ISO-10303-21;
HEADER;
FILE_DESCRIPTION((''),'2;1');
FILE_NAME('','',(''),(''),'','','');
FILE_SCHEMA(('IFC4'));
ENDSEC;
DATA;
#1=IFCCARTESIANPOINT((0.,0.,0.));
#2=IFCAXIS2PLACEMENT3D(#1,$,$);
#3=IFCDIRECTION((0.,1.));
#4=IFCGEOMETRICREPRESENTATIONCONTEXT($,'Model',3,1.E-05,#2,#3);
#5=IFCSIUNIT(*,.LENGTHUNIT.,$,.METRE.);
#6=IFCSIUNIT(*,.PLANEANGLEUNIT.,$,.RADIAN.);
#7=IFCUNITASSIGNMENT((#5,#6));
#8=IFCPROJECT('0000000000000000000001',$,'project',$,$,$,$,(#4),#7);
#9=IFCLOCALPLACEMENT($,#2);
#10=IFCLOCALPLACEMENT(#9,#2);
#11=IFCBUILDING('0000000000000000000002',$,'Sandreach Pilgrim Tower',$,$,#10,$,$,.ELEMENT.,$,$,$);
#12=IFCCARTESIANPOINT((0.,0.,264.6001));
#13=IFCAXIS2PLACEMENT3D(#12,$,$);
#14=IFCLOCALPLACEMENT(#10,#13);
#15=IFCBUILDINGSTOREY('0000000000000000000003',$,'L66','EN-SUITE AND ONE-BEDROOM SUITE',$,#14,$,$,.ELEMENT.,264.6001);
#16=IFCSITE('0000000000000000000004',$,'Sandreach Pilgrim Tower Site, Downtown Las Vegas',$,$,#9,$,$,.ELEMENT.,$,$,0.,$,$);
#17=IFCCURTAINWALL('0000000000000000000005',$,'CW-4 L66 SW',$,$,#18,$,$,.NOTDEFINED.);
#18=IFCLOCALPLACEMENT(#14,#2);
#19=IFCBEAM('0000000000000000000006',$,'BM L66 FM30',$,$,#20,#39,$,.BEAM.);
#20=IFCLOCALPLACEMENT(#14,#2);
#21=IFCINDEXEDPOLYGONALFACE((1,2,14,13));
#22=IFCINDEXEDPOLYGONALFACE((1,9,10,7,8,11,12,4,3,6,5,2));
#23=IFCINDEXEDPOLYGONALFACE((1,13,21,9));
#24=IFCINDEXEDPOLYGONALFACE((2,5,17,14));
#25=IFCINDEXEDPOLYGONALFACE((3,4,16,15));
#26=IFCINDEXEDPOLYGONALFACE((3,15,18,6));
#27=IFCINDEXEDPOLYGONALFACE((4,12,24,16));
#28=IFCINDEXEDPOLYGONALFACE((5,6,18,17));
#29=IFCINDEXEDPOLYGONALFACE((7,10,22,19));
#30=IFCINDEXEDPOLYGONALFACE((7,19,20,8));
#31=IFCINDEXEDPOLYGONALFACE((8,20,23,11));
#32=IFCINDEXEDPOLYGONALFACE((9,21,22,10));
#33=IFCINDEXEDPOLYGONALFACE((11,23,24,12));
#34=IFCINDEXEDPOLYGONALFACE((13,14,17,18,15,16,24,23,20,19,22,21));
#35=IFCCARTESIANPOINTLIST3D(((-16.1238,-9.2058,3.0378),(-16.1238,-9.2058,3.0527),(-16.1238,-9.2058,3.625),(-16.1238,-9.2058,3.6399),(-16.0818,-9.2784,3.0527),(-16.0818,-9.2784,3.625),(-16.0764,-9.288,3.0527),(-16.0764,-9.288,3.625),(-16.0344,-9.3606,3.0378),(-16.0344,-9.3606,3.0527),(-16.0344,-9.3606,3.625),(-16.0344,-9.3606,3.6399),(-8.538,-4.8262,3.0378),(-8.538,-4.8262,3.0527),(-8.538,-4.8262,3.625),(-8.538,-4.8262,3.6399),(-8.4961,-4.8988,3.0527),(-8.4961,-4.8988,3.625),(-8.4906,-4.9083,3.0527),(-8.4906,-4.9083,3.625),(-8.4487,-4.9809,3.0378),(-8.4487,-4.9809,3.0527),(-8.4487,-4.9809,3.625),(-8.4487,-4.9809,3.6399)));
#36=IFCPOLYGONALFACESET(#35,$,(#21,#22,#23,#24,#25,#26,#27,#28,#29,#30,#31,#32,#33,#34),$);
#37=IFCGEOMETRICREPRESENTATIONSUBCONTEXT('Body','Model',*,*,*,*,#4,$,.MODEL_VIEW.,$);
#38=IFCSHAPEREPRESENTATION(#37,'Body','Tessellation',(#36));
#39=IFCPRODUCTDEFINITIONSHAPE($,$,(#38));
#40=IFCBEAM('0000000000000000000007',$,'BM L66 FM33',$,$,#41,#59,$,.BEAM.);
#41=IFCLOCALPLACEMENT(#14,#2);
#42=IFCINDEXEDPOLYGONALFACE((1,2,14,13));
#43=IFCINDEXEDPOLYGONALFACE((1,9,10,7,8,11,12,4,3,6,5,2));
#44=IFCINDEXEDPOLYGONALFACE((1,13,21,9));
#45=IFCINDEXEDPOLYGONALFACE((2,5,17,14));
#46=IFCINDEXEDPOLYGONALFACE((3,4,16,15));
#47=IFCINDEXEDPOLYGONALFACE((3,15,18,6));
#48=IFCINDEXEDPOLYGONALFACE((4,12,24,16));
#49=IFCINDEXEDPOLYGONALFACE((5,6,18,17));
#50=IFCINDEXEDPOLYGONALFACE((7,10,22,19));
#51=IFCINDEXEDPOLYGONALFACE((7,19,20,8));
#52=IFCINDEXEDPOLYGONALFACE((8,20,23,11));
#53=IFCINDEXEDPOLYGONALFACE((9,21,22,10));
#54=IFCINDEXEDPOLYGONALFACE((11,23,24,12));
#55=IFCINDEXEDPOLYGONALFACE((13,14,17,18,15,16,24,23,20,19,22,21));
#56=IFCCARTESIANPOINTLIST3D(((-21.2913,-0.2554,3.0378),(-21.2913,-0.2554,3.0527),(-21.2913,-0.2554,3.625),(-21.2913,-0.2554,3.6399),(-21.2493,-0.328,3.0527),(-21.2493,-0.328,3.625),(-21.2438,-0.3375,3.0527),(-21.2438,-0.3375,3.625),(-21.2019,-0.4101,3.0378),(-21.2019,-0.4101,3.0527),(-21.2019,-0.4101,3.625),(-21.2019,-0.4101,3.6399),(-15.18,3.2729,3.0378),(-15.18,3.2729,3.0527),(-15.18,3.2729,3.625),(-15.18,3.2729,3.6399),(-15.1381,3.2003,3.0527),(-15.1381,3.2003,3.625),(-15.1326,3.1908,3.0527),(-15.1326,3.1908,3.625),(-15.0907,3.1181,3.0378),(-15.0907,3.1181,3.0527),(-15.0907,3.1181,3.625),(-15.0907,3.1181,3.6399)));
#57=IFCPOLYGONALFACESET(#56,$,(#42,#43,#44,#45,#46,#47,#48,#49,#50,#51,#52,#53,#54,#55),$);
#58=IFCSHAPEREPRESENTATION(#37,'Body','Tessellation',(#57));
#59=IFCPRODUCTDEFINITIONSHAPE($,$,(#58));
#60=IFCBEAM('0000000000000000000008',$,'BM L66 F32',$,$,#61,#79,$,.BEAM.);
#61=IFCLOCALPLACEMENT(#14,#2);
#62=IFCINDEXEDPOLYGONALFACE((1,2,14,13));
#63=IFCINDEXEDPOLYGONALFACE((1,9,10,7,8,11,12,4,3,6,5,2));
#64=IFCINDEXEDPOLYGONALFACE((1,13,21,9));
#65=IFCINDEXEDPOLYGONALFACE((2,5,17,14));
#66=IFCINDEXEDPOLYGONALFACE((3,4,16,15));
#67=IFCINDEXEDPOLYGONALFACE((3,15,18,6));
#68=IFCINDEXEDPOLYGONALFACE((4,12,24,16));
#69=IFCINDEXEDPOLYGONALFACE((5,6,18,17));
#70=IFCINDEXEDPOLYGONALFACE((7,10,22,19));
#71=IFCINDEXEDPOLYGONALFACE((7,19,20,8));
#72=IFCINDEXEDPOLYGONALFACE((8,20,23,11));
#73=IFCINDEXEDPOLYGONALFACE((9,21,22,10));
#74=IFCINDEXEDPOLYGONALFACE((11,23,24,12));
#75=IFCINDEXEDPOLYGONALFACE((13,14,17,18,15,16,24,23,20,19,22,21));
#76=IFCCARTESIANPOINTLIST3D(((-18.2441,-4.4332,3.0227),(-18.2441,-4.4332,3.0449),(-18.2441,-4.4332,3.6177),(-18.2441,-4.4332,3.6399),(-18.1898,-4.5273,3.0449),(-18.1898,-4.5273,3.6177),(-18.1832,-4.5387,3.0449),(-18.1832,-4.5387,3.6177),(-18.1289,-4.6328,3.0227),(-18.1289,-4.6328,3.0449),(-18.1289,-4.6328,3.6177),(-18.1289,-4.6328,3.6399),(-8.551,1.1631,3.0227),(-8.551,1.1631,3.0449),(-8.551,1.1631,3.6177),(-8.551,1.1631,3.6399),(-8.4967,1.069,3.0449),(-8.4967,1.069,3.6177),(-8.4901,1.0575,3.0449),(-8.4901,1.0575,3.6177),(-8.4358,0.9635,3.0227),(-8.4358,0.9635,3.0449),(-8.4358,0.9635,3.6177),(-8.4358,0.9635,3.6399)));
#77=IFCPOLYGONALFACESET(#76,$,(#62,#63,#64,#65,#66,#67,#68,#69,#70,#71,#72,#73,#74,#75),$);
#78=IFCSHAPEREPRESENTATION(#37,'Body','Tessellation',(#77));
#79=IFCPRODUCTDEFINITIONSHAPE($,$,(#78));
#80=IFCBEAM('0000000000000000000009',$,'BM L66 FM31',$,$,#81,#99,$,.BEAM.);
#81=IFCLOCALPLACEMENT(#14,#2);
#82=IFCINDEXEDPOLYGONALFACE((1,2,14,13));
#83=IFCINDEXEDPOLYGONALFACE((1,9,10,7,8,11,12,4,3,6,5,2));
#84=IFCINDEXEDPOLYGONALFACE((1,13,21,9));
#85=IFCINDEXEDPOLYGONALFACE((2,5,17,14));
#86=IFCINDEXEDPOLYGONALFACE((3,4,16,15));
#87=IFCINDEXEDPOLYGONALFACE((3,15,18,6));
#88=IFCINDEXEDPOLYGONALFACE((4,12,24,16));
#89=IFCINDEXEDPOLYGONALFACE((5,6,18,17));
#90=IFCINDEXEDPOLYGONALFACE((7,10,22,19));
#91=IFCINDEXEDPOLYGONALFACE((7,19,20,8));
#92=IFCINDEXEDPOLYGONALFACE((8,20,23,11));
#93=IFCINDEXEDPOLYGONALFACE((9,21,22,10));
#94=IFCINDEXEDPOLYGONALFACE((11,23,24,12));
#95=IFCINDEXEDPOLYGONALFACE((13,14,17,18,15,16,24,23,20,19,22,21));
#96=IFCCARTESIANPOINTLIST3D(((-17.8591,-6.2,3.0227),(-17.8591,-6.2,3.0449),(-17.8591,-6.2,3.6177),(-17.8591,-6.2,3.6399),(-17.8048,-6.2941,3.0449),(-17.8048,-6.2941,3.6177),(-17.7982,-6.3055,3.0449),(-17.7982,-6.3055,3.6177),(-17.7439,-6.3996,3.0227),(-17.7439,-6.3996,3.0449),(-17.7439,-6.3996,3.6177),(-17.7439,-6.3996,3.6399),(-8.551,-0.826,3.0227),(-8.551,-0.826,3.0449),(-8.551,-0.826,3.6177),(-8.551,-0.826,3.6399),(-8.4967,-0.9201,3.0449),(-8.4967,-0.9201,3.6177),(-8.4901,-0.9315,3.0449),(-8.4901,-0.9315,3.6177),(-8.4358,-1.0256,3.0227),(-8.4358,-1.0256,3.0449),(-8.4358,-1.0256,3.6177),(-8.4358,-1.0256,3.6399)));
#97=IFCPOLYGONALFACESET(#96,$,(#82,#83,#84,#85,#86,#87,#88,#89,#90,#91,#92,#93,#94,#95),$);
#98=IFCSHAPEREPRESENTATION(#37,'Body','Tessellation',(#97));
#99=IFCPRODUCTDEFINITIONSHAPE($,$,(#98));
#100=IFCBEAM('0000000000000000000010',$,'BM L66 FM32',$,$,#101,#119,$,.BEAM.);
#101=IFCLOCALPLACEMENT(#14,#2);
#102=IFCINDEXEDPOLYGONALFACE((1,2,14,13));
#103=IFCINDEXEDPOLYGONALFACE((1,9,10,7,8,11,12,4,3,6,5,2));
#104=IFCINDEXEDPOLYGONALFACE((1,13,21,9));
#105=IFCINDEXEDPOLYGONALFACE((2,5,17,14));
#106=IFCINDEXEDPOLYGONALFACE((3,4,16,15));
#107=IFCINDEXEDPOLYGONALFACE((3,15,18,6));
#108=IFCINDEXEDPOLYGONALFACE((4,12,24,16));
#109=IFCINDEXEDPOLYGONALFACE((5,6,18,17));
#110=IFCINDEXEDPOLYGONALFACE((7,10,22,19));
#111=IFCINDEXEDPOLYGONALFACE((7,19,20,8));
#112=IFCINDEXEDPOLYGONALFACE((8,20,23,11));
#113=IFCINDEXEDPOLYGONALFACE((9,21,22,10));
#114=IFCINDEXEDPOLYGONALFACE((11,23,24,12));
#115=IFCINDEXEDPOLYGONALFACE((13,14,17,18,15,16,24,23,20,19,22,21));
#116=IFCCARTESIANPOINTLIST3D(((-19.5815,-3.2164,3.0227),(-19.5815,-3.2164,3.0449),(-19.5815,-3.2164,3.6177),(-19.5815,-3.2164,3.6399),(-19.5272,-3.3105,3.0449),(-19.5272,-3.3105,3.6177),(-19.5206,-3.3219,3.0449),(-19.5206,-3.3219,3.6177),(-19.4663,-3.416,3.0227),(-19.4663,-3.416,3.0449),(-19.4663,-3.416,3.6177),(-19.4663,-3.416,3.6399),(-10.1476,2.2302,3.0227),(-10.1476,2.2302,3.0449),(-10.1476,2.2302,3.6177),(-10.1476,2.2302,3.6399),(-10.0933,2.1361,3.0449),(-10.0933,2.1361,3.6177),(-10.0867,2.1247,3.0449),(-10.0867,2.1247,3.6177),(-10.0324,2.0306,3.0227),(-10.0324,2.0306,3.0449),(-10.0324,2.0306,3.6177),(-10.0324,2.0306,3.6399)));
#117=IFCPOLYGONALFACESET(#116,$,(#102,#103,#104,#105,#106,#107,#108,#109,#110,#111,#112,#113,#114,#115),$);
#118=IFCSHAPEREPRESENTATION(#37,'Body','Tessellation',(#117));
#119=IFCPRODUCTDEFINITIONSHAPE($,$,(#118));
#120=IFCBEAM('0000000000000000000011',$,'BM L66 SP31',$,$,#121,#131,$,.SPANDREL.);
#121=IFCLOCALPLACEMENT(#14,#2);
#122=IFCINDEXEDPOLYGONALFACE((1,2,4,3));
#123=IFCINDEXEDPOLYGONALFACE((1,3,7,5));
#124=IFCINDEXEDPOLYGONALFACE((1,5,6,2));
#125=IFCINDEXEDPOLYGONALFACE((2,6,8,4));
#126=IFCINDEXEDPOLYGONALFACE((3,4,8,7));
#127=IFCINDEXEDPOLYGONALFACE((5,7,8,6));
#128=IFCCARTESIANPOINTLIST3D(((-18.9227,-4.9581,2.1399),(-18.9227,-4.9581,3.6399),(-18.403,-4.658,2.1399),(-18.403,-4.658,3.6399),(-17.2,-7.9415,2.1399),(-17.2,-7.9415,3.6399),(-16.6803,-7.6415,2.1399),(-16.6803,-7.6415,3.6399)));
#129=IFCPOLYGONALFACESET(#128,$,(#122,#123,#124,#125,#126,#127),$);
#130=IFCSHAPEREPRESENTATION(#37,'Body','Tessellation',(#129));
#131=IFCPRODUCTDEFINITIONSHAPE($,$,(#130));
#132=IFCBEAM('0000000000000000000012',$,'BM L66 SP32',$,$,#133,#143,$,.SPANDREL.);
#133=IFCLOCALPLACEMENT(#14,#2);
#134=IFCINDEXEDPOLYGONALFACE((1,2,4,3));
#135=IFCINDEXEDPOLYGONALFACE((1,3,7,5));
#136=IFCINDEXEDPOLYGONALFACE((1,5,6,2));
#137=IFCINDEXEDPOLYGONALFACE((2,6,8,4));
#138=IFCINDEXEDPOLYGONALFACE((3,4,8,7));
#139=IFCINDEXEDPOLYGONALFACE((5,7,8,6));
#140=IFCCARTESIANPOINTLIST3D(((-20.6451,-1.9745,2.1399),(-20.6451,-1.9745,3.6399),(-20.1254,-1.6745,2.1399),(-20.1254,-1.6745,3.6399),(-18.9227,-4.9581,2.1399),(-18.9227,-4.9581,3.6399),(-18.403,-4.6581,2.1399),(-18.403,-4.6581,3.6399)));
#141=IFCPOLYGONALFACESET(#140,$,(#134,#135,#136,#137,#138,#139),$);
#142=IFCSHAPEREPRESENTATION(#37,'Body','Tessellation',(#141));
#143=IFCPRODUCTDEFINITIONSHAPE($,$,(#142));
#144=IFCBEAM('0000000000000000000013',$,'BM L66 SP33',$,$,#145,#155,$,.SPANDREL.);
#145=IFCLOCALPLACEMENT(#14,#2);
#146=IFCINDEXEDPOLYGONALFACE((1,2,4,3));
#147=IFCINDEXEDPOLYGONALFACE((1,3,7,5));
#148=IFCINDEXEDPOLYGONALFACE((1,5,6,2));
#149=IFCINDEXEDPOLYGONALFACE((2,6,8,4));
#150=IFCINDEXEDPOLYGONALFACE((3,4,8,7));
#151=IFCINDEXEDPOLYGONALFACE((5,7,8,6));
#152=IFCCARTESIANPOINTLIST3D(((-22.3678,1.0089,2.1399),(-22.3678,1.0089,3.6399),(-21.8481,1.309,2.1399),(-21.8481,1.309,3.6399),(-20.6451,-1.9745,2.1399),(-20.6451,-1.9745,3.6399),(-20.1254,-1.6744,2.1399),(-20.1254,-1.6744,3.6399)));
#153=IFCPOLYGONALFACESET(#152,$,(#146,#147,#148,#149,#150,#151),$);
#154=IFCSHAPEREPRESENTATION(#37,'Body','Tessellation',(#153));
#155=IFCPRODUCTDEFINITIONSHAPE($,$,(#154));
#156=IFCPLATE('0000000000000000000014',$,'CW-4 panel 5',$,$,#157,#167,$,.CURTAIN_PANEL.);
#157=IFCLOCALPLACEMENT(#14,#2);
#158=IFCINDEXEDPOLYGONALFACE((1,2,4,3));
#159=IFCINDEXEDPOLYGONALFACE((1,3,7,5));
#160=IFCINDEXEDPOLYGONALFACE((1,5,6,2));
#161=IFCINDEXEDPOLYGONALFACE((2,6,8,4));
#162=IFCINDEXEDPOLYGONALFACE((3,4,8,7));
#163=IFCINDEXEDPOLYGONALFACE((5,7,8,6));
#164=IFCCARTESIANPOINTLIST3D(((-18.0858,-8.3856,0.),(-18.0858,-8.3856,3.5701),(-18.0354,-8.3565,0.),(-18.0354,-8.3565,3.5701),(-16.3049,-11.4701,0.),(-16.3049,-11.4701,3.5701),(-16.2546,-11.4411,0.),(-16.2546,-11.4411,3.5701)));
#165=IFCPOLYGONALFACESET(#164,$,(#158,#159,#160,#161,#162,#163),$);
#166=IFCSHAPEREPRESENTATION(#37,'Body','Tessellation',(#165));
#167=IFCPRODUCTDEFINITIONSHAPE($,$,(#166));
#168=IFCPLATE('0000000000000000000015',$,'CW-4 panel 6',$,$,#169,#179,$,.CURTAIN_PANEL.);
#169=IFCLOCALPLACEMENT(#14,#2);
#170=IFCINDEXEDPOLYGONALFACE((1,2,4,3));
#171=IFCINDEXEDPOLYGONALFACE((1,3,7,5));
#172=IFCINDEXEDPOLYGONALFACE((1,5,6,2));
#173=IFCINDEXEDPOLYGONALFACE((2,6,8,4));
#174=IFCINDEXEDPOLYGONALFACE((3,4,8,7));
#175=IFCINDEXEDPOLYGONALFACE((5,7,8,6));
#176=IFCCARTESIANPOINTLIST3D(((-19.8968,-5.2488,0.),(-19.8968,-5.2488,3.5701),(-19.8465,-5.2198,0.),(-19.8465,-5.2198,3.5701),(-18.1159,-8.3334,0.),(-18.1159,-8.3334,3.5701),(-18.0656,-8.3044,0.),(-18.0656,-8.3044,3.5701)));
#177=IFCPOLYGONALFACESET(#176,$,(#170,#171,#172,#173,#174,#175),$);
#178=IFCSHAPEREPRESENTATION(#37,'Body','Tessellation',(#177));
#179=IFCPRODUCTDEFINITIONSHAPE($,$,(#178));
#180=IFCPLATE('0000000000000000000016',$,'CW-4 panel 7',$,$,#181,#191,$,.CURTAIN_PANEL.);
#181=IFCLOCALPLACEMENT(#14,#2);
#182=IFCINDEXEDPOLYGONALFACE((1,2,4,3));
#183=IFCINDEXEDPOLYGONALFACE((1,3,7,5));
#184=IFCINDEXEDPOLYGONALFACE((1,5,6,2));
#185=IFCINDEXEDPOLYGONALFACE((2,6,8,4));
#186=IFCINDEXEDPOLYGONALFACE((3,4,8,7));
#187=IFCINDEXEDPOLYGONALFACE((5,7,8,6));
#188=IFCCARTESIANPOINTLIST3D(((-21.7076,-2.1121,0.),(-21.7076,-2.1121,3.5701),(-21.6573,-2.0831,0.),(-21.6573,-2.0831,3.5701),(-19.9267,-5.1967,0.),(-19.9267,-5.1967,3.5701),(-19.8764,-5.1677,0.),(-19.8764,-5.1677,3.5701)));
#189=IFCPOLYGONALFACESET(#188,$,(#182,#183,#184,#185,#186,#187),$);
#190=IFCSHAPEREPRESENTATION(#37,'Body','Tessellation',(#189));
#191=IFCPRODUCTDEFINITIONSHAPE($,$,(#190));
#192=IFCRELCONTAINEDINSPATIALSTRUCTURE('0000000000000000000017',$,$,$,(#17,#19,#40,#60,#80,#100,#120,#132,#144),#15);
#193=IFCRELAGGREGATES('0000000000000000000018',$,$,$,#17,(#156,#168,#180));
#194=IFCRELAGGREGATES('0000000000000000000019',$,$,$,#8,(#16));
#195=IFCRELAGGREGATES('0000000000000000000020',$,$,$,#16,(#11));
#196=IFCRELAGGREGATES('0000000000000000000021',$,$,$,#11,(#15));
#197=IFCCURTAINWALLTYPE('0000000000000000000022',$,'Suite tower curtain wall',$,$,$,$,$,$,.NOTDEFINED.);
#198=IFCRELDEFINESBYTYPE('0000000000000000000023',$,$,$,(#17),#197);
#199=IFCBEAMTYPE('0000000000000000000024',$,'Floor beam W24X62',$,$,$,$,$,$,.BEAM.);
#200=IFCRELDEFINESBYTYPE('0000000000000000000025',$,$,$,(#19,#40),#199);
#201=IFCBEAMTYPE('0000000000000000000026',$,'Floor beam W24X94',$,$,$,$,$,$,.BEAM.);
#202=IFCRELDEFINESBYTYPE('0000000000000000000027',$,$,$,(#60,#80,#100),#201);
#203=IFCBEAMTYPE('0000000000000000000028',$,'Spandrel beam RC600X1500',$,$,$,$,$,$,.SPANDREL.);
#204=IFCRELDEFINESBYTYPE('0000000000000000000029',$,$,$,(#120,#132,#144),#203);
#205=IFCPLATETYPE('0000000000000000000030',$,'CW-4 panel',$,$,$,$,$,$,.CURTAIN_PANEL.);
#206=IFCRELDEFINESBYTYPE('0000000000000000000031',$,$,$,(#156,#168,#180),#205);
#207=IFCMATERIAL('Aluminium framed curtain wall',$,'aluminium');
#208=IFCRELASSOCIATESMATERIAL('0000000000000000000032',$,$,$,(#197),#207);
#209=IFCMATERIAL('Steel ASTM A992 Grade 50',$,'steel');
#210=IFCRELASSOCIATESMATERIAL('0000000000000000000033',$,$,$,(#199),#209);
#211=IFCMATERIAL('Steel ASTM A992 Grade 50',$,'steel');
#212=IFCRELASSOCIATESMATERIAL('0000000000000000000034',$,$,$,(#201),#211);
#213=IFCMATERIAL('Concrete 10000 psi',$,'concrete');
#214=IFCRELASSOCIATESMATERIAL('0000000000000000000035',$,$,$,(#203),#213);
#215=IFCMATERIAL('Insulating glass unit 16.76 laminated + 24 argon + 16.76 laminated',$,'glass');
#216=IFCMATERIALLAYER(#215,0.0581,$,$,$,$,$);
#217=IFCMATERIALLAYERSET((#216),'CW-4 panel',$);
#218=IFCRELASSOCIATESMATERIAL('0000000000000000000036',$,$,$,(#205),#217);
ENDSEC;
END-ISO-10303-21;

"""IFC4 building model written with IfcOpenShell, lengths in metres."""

from ifc_helpers import new_model, si_unit, direction, frame, origin, origin_2d, place, context, subcontext, project, spatial, rectangle, i_section, extrude, material, layer, layer_set, material_profile, profile_set, type_object, element, aggregate, save


model = new_model("IFC4")

# Units and contexts
model_context = context("Model", 3, precision=1e-05, world=origin(), true_north=direction((0.0, 1.0)))
body_context = subcontext(model_context, "Body", "Model", "MODEL_VIEW")
ifc_project = project(units=[si_unit("LENGTHUNIT", "METRE"), si_unit("PLANEANGLEUNIT", "RADIAN")], contexts=[model_context])

# Site, building, storey
site_placement = place(None, origin())
site = spatial("IfcSite", under=ifc_project, at=site_placement, Name="Sandreach Pilgrim Tower Site, Downtown Las Vegas", CompositionType="ELEMENT", RefElevation=0.0)
building_placement = place(site_placement, origin())
building = spatial("IfcBuilding", under=site, at=building_placement, Name="Sandreach Pilgrim Tower", CompositionType="ELEMENT")
storey_placement = place(building_placement, frame((0.0, 0.0, 264.6001)))
storey = spatial("IfcBuildingStorey", under=building, at=storey_placement, Name="L66", Description="EN-SUITE AND ONE-BEDROOM SUITE", CompositionType="ELEMENT", Elevation=264.6001)

# Curtain wall
ifc_material_1 = material(Name="Aluminium framed curtain wall", Category="aluminium")
curtain_wall_type = type_object("IfcCurtainWallType", Name="Suite tower curtain wall", PredefinedType="NOTDEFINED", material=ifc_material_1)
curtain_wall_placement = place(storey_placement, origin())
curtain_wall = element("IfcCurtainWall", 1, at=curtain_wall_placement, inside=storey, type_object=curtain_wall_type, Name="CW-4 L66 SW", PredefinedType="NOTDEFINED")

# Beams
ifc_material_2 = material(Name="Steel ASTM A992 Grade 50", Category="steel")
ifc_material_profile_1 = material_profile(ifc_material_2, i_section(OverallWidth=0.1787, OverallDepth=0.6021, WebThickness=0.011, FlangeThickness=0.0149, at=origin_2d()), Name="W24X62")
ifc_profile_set_1 = profile_set([ifc_material_profile_1], Name="Steel ASTM A992 Grade 50")
beam_type_1 = type_object("IfcBeamType", Name="Floor beam W24X62", PredefinedType="BEAM", material=ifc_profile_set_1)
beam_1_placement = place(storey_placement, frame((-16.0791, -9.2832, 3.3389), z_axis=(0.866024, 0.500003, 0.0), x_axis=(-0.500003, 0.866024, 0.0)))
element("IfcBeam", 2, at=beam_1_placement, inside=storey, type_object=beam_type_1, Name="BM L66 FM30", PredefinedType="BEAM", context=body_context, shape_type="SweptSolid", body=[
    extrude(i_section(OverallWidth=0.1787, OverallDepth=0.6021, WebThickness=0.011, FlangeThickness=0.0149, at=origin_2d()), origin(), (0.0, 0.0, 1.0), 8.7593),
])
beam_2_placement = place(storey_placement, frame((-21.2466, -0.3328, 3.3389), z_axis=(0.866029, 0.499994, 0.0), x_axis=(-0.499994, 0.866029, 0.0)))
element("IfcBeam", 3, at=beam_2_placement, inside=storey, type_object=beam_type_1, Name="BM L66 FM33", PredefinedType="BEAM", context=body_context, shape_type="SweptSolid", body=[
    extrude(i_section(OverallWidth=0.1787, OverallDepth=0.6021, WebThickness=0.011, FlangeThickness=0.0149, at=origin_2d()), origin(), (0.0, 0.0, 1.0), 7.0566),
])
ifc_material_3 = material(Name="Steel ASTM A992 Grade 50", Category="steel")
ifc_material_profile_2 = material_profile(ifc_material_3, i_section(OverallWidth=0.2305, OverallDepth=0.6172, WebThickness=0.0132, FlangeThickness=0.0222, at=origin_2d()), Name="W24X94")
ifc_profile_set_2 = profile_set([ifc_material_profile_2], Name="Steel ASTM A992 Grade 50")
beam_type_2 = type_object("IfcBeamType", Name="Floor beam W24X94", PredefinedType="BEAM", material=ifc_profile_set_2)
beam_3_placement = place(storey_placement, frame((-18.1865, -4.533, 3.3313), z_axis=(0.86603, 0.499991, 0.0), x_axis=(-0.499991, 0.86603, 0.0)))
element("IfcBeam", 4, at=beam_3_placement, inside=storey, type_object=beam_type_2, Name="BM L66 F32", PredefinedType="BEAM", context=body_context, shape_type="SweptSolid", body=[
    extrude(i_section(OverallWidth=0.2305, OverallDepth=0.6172, WebThickness=0.0132, FlangeThickness=0.0222, at=origin_2d()), origin(), (0.0, 0.0, 1.0), 11.1926),
])
beam_4_placement = place(storey_placement, frame((-17.8015, -6.2998, 3.3313), z_axis=(0.866026, 0.499999, 0.0), x_axis=(-0.499999, 0.866026, 0.0)))
element("IfcBeam", 5, at=beam_4_placement, inside=storey, type_object=beam_type_2, Name="BM L66 FM31", PredefinedType="BEAM", context=body_context, shape_type="SweptSolid", body=[
    extrude(i_section(OverallWidth=0.2305, OverallDepth=0.6172, WebThickness=0.0132, FlangeThickness=0.0222, at=origin_2d()), origin(), (0.0, 0.0, 1.0), 10.748),
])
beam_5_placement = place(storey_placement, frame((-19.5239, -3.3162, 3.3313), z_axis=(0.866029, 0.499993, 0.0), x_axis=(-0.499993, 0.866029, 0.0)))
element("IfcBeam", 6, at=beam_5_placement, inside=storey, type_object=beam_type_2, Name="BM L66 FM32", PredefinedType="BEAM", context=body_context, shape_type="SweptSolid", body=[
    extrude(i_section(OverallWidth=0.2305, OverallDepth=0.6172, WebThickness=0.0132, FlangeThickness=0.0222, at=origin_2d()), origin(), (0.0, 0.0, 1.0), 10.8933),
])
ifc_material_4 = material(Name="Concrete 10000 psi", Category="concrete")
ifc_material_profile_3 = material_profile(ifc_material_4, rectangle(XDim=0.6001, YDim=1.5, at=origin_2d()), Name="RC600X1500")
ifc_profile_set_3 = profile_set([ifc_material_profile_3], Name="Concrete 10000 psi")
beam_type_3 = type_object("IfcBeamType", Name="Spandrel beam RC600X1500", PredefinedType="SPANDREL", material=ifc_profile_set_3)
for number, where, z_axis, x_axis, name in (
    (7, (-16.9402, -7.7915, 2.8899), (-0.500041, 0.866001, 0.0), (-0.866001, -0.500041, 0.0), "BM L66 SP31"),
    (8, (-18.6628, -4.8081, 2.8899), (-0.499958, 0.86605, 0.0), (-0.86605, -0.499958, 0.0), "BM L66 SP32"),
    (9, (-20.3853, -1.8245, 2.8899), (-0.500041, 0.866001, 0.0), (-0.866001, -0.500041, 0.0), "BM L66 SP33"),
):
    element("IfcBeam", number, at=place(storey_placement, frame(where, z_axis=z_axis, x_axis=x_axis)), inside=storey, type_object=beam_type_3, Name=name, PredefinedType="SPANDREL", context=body_context, shape_type="SweptSolid", body=[
        extrude(rectangle(XDim=0.6001, YDim=1.5, at=origin_2d()), origin(), (0.0, 0.0, 1.0), 3.4451),
    ])

# Plates
ifc_material_5 = material(Name="Insulating glass unit 16.76 laminated + 24 argon + 16.76 laminated", Category="glass")
ifc_layer_1 = layer(ifc_material_5, 0.0581)
ifc_layer_set_1 = layer_set([ifc_layer_1], Name="CW-4 panel")
plate_type = type_object("IfcPlateType", Name="CW-4 panel", PredefinedType="CURTAIN_PANEL", material=ifc_layer_set_1)
plate_1_placement = place(storey_placement, frame((-17.1702, -9.9133, 0.0), z_axis=(0.0, 0.0, 1.0), x_axis=(-0.5, 0.866025, 0.0)))
plate_1 = element("IfcPlate", 10, at=plate_1_placement, type_object=plate_type, Name="CW-4 panel 5", PredefinedType="CURTAIN_PANEL", context=body_context, shape_type="SweptSolid", body=[
    extrude(rectangle(XDim=3.5618, YDim=0.0581, at=origin_2d()), origin(), (0.0, 0.0, 1.0), 3.5701),
])
plate_2_placement = place(storey_placement, frame((-18.9812, -6.7766, 0.0), z_axis=(0.0, 0.0, 1.0), x_axis=(-0.5, 0.866025, 0.0)))
plate_2 = element("IfcPlate", 11, at=plate_2_placement, type_object=plate_type, Name="CW-4 panel 6", PredefinedType="CURTAIN_PANEL", context=body_context, shape_type="SweptSolid", body=[
    extrude(rectangle(XDim=3.5618, YDim=0.0581, at=origin_2d()), origin(), (0.0, 0.0, 1.0), 3.5701),
])
plate_3_placement = place(storey_placement, frame((-20.792, -3.6399, 0.0), z_axis=(0.0, 0.0, 1.0), x_axis=(-0.5, 0.866025, 0.0)))
plate_3 = element("IfcPlate", 12, at=plate_3_placement, type_object=plate_type, Name="CW-4 panel 7", PredefinedType="CURTAIN_PANEL", context=body_context, shape_type="SweptSolid", body=[
    extrude(rectangle(XDim=3.5618, YDim=0.0581, at=origin_2d()), origin(), (0.0, 0.0, 1.0), 3.5701),
])
aggregate(curtain_wall, [plate_1, plate_2, plate_3])

save(model, "model.ifc")
